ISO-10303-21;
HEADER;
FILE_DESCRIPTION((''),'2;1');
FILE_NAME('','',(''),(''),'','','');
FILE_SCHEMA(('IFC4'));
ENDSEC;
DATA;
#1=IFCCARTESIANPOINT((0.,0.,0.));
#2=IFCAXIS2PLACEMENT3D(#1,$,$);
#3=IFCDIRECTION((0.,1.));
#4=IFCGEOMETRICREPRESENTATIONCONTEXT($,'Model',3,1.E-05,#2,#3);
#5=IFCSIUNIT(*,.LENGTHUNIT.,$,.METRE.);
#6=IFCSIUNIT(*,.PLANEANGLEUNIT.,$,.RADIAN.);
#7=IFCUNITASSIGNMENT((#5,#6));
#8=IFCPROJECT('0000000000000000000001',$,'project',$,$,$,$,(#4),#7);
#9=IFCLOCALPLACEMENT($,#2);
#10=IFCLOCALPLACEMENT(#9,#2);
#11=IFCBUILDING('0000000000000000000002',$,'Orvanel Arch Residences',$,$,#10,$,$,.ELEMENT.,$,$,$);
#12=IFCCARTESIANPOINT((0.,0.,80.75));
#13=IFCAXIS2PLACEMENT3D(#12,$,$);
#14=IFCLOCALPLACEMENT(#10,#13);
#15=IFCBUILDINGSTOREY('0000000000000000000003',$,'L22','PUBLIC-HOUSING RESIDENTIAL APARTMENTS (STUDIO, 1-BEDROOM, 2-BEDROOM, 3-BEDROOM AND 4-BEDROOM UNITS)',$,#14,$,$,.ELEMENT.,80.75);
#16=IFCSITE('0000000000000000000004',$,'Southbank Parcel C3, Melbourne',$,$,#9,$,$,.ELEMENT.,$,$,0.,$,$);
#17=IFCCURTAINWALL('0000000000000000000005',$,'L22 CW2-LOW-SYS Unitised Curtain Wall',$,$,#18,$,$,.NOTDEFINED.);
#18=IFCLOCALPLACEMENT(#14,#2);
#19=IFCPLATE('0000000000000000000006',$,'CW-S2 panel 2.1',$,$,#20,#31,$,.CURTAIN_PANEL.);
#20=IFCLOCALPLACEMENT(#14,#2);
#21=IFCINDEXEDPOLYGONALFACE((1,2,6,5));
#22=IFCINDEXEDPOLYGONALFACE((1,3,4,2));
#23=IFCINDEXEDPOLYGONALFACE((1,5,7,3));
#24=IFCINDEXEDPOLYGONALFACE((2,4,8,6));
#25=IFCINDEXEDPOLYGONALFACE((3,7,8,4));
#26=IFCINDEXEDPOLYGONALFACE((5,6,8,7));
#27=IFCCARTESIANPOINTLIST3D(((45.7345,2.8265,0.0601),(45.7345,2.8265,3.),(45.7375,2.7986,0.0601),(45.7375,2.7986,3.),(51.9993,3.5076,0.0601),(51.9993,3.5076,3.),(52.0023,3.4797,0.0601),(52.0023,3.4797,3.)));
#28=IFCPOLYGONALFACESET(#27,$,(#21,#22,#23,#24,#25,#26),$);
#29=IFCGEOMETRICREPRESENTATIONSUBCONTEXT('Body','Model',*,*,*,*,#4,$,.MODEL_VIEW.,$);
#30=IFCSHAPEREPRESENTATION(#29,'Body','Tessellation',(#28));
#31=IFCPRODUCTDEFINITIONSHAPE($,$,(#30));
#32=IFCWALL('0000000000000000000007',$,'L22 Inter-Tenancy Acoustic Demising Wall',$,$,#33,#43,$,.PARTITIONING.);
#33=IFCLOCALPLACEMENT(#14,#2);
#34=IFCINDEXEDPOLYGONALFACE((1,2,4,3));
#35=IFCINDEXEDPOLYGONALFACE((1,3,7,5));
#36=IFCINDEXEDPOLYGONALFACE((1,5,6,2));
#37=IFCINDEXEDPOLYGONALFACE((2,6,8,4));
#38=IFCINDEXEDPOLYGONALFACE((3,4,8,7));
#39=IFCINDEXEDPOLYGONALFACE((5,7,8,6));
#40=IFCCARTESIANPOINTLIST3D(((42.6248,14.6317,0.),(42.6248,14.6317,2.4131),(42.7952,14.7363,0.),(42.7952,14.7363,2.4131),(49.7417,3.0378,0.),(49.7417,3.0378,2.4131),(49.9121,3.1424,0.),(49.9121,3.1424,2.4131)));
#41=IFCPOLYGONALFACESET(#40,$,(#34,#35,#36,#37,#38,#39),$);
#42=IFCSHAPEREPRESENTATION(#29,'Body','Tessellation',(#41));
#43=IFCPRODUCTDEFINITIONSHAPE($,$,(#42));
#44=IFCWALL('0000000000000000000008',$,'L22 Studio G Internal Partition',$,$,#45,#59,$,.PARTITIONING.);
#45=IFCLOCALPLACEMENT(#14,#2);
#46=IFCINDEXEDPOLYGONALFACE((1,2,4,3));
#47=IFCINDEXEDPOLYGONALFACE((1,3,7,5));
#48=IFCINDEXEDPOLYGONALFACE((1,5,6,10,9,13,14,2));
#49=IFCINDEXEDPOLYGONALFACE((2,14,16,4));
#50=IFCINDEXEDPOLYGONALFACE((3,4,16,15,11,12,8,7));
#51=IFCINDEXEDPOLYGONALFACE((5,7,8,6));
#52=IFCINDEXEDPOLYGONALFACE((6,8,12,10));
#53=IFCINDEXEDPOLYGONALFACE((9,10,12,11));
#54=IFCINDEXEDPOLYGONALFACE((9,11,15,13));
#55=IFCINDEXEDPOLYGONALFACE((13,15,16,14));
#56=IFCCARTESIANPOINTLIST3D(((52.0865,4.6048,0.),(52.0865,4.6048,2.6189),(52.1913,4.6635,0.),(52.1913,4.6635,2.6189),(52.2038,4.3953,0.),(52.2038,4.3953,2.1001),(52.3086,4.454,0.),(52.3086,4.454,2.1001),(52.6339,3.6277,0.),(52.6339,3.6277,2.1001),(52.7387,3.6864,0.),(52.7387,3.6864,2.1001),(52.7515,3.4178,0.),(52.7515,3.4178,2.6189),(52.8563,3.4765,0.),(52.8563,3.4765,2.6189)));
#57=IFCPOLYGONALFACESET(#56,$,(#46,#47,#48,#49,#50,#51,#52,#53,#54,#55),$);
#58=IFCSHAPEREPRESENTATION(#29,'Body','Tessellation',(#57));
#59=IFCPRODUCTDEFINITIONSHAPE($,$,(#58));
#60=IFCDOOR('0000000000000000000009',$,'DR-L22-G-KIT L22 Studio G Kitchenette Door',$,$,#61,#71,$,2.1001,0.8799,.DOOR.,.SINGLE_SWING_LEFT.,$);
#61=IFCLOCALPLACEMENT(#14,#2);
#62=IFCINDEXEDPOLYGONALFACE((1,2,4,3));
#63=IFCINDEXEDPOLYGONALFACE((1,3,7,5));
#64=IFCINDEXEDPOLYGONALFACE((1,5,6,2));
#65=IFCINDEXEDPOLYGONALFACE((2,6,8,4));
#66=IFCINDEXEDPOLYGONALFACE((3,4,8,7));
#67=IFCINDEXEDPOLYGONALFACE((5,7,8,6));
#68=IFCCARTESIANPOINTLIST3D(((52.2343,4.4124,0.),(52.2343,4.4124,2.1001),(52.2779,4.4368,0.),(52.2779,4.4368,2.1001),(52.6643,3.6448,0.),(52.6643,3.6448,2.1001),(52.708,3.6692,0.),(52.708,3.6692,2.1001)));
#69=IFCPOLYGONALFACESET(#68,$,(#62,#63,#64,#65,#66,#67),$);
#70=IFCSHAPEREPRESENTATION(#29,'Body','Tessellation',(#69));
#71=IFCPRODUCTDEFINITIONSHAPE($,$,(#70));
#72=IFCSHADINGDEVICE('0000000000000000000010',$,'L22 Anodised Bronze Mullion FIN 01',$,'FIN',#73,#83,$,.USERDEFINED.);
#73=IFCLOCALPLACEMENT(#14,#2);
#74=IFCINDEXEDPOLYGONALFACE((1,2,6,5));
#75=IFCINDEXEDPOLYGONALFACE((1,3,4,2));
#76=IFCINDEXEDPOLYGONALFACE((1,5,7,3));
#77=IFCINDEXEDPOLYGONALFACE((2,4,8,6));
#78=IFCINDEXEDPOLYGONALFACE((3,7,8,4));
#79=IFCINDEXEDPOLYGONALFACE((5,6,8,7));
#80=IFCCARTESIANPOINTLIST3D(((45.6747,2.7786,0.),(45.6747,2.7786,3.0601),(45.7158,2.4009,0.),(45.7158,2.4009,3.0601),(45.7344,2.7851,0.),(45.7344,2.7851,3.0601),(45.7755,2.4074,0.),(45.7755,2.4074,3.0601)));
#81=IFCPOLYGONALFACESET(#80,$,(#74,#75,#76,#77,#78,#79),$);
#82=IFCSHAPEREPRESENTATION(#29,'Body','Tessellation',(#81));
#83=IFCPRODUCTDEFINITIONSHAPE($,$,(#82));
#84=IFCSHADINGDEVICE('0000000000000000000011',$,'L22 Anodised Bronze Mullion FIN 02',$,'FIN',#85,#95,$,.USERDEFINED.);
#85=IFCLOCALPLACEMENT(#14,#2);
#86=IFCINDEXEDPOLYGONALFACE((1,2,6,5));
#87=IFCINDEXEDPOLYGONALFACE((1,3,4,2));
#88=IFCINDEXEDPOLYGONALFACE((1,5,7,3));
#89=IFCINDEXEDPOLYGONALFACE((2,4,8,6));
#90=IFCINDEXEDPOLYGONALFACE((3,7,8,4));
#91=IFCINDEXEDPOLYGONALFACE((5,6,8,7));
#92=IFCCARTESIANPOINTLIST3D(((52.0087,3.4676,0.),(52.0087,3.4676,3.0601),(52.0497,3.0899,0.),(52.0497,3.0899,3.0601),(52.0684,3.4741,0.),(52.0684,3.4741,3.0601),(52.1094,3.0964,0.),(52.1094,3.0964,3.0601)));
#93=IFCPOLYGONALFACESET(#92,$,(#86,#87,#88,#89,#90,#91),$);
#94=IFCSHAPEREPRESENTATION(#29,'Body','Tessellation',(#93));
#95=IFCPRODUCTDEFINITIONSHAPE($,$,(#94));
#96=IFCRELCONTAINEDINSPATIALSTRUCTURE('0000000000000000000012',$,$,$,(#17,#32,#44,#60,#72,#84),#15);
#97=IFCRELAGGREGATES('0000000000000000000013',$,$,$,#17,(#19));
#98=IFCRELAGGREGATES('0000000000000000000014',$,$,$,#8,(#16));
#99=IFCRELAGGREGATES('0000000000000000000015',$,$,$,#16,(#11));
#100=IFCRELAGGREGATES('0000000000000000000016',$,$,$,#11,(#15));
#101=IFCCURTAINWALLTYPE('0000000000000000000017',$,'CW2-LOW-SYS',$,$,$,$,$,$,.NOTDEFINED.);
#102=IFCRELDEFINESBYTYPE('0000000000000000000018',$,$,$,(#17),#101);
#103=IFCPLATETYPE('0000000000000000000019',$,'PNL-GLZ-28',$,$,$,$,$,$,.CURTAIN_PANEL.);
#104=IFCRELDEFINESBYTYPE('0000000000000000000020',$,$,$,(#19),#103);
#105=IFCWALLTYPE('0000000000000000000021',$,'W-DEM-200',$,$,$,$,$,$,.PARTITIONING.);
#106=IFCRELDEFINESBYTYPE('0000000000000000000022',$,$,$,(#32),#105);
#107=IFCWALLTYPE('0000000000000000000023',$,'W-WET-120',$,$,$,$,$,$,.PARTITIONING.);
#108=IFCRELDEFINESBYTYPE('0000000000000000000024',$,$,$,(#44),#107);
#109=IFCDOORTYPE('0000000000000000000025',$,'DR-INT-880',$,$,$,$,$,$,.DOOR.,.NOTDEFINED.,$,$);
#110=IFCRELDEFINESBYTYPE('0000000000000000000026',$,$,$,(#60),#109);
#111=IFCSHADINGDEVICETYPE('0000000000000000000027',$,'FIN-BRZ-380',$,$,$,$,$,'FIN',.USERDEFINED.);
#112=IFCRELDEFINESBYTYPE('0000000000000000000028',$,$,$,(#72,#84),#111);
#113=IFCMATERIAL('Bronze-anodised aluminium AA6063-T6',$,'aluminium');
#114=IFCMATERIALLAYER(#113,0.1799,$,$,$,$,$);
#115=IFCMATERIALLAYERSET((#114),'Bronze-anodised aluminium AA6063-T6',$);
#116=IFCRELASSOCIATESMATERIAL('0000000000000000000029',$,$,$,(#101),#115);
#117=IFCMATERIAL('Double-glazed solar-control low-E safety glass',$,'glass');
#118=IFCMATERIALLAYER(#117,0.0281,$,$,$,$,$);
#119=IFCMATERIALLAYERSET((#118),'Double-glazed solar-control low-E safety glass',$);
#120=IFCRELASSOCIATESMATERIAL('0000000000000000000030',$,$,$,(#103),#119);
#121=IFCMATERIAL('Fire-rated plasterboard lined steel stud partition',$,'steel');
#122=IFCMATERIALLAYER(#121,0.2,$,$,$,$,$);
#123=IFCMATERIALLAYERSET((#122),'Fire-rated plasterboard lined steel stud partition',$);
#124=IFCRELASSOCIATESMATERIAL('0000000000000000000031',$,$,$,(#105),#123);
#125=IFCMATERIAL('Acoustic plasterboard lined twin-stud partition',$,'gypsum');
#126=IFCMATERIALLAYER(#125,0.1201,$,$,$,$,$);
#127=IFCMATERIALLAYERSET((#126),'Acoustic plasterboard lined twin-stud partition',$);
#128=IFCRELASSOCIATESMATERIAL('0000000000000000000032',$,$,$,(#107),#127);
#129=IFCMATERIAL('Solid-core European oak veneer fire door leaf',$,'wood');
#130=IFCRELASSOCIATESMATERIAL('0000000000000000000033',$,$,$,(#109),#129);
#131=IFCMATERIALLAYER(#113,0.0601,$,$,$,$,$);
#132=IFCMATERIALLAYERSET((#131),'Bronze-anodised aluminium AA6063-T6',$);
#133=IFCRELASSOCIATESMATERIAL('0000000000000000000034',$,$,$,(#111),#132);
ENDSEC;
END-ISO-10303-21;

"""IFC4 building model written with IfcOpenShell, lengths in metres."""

from ifc_helpers import new_model, si_unit, direction, frame, frame_2d, origin, origin_2d, place, context, subcontext, project, spatial, rectangle, extrude, material, layer, layer_set, type_object, element, fill, aggregate, save


model = new_model("IFC4")

# Units and contexts
model_context = context("Model", 3, precision=1e-05, world=origin(), true_north=direction((0.0, 1.0)))
body_context = subcontext(model_context, "Body", "Model", "MODEL_VIEW")
ifc_project = project(units=[si_unit("LENGTHUNIT", "METRE"), si_unit("PLANEANGLEUNIT", "RADIAN")], contexts=[model_context])

# Site, building, storey
site_placement = place(None, origin())
site = spatial("IfcSite", under=ifc_project, at=site_placement, Name="Southbank Parcel C3, Melbourne", CompositionType="ELEMENT", RefElevation=0.0)
building_placement = place(site_placement, origin())
building = spatial("IfcBuilding", under=site, at=building_placement, Name="Orvanel Arch Residences", CompositionType="ELEMENT")
storey_placement = place(building_placement, frame((0.0, 0.0, 80.75)))
storey = spatial("IfcBuildingStorey", under=building, at=storey_placement, Name="L22", Description="PUBLIC-HOUSING RESIDENTIAL APARTMENTS (STUDIO, 1-BEDROOM, 2-BEDROOM, 3-BEDROOM AND 4-BEDROOM UNITS)", CompositionType="ELEMENT", Elevation=80.75)

# Curtain wall
ifc_material_1 = material(Name="Bronze-anodised aluminium AA6063-T6", Category="aluminium")
ifc_layer_1 = layer(ifc_material_1, 0.1799)
ifc_layer_set_1 = layer_set([ifc_layer_1], Name="Bronze-anodised aluminium AA6063-T6")
curtain_wall_type = type_object("IfcCurtainWallType", Name="CW2-LOW-SYS", PredefinedType="NOTDEFINED", material=ifc_layer_set_1)
curtain_wall_placement = place(storey_placement, origin())
curtain_wall = element("IfcCurtainWall", 1, at=curtain_wall_placement, inside=storey, type_object=curtain_wall_type, Name="L22 CW2-LOW-SYS Unitised Curtain Wall", PredefinedType="NOTDEFINED")

# Plate
ifc_material_2 = material(Name="Double-glazed solar-control low-E safety glass", Category="glass")
ifc_layer_2 = layer(ifc_material_2, 0.0281)
ifc_layer_set_2 = layer_set([ifc_layer_2], Name="Double-glazed solar-control low-E safety glass")
plate_type_1 = type_object("IfcPlateType", Name="PNL-GLZ-28", PredefinedType="CURTAIN_PANEL", material=ifc_layer_set_2)
plate_1_placement = place(storey_placement, frame((48.8684, 3.1531, 0.0601), z_axis=(0.0, 0.0, 1.0), x_axis=(0.994142, 0.108083, 0.0)))
plate_1 = element("IfcPlate", 2, at=plate_1_placement, type_object=plate_type_1, Name="CW-S2 panel 2.1", PredefinedType="CURTAIN_PANEL", context=body_context, shape_type="SweptSolid", body=[
    extrude(rectangle(XDim=6.3018, YDim=0.0281, at=origin_2d()), origin(), (0.0, 0.0, 1.0), 2.9399),
])
aggregate(curtain_wall, [plate_1])

# Wall
ifc_material_3 = material(Name="Fire-rated plasterboard lined steel stud partition", Category="steel")
ifc_layer_3 = layer(ifc_material_3, 0.2)
ifc_layer_set_3 = layer_set([ifc_layer_3], Name="Fire-rated plasterboard lined steel stud partition")
wall_type_1 = type_object("IfcWallType", Name="W-DEM-200", PredefinedType="PARTITIONING", material=ifc_layer_set_3)
wall_1_placement = place(storey_placement, frame((49.8269, 3.0901, 0.0), z_axis=(0.0, 0.0, 1.0), x_axis=(-0.523147, 0.852243, 0.0)))
element("IfcWall", 3, at=wall_1_placement, inside=storey, type_object=wall_type_1, Name="L22 Inter-Tenancy Acoustic Demising Wall", PredefinedType="PARTITIONING", context=body_context, shape_type="SweptSolid", body=[
    extrude(rectangle(XDim=13.604, YDim=0.2, at=frame_2d((6.802, 0.0))), origin(), (0.0, 0.0, 1.0), 2.4131),
])

# Wall, opening, door
ifc_material_4 = material(Name="Acoustic plasterboard lined twin-stud partition", Category="gypsum")
ifc_layer_4 = layer(ifc_material_4, 0.1201)
ifc_layer_set_4 = layer_set([ifc_layer_4], Name="Acoustic plasterboard lined twin-stud partition")
wall_type_2 = type_object("IfcWallType", Name="W-WET-120", PredefinedType="PARTITIONING", material=ifc_layer_set_4)
wall_2_placement = place(storey_placement, frame((52.1389, 4.634, 0.0), z_axis=(0.0, 0.0, 1.0), x_axis=(0.488778, -0.872408, 0.0)))
wall_2 = element("IfcWall", 4, at=wall_2_placement, inside=storey, type_object=wall_type_2, Name="L22 Studio G Internal Partition", PredefinedType="PARTITIONING", context=body_context, shape_type="SweptSolid", body=[
    extrude(rectangle(XDim=1.3606, YDim=0.1201, at=frame_2d((0.6802, 0.0))), origin(), (0.0, 0.0, 1.0), 2.6189),
])
opening_placement = place(wall_2_placement, frame((0.24, 0.0, 0.0)))
opening = element("IfcOpeningElement", 5, at=opening_placement, cuts=wall_2, PredefinedType="OPENING", context=body_context, shape_type="SweptSolid", body=[
    extrude(rectangle(XDim=0.8799, YDim=2.1001, at=frame_2d((0.4399, 1.05))), frame((0.0, 0.0701, 0.0), z_axis=(0.0, -1.0, 0.0), x_axis=(1.0, 0.0, 0.0)), (0.0, 0.0, 1.0), 0.1401),
])
ifc_material_5 = material(Name="Solid-core European oak veneer fire door leaf", Category="wood")
door_type = type_object("IfcDoorType", Name="DR-INT-880", OperationType="NOTDEFINED", PredefinedType="DOOR", material=ifc_material_5)
door_placement = place(opening_placement, origin())
door = element("IfcDoor", 6, at=door_placement, inside=storey, type_object=door_type, Name="DR-L22-G-KIT L22 Studio G Kitchenette Door", OperationType="SINGLE_SWING_LEFT", OverallHeight=2.1001, OverallWidth=0.8799, PredefinedType="DOOR", context=body_context, shape_type="SweptSolid", body=[
    extrude(rectangle(XDim=0.8799, YDim=2.1001, at=frame_2d((0.4399, 1.05))), frame((0.0, 0.0249, 0.0), z_axis=(0.0, -1.0, 0.0), x_axis=(1.0, 0.0, 0.0)), (0.0, 0.0, 1.0), 0.05),
])
fill(opening, door)

# Shading devices
ifc_layer_5 = layer(ifc_material_1, 0.0601)
ifc_layer_set_5 = layer_set([ifc_layer_5], Name="Bronze-anodised aluminium AA6063-T6")
shading_device_type = type_object("IfcShadingDeviceType", Name="FIN-BRZ-380", ElementType="FIN", PredefinedType="USERDEFINED", material=ifc_layer_set_5)
for number, where, z_axis, x_axis, name in (
    (7, (45.7251, 2.593, 0.0), (0.0, 0.0, 1.0), (0.107999, -0.994151, 0.0), "L22 Anodised Bronze Mullion FIN 01"),
    (8, (52.0591, 3.282, 0.0), (0.0, 0.0, 1.0), (0.107999, -0.994151, 0.0), "L22 Anodised Bronze Mullion FIN 02"),
):
    element("IfcShadingDevice", number, at=place(storey_placement, frame(where, z_axis=z_axis, x_axis=x_axis)), inside=storey, type_object=shading_device_type, Name=name, ObjectType="FIN", PredefinedType="USERDEFINED", context=body_context, shape_type="SweptSolid", body=[
        extrude(rectangle(XDim=0.3799, YDim=0.0601, at=origin_2d()), origin(), (0.0, 0.0, 1.0), 3.0601),
    ])

save(model, "model.ifc")
